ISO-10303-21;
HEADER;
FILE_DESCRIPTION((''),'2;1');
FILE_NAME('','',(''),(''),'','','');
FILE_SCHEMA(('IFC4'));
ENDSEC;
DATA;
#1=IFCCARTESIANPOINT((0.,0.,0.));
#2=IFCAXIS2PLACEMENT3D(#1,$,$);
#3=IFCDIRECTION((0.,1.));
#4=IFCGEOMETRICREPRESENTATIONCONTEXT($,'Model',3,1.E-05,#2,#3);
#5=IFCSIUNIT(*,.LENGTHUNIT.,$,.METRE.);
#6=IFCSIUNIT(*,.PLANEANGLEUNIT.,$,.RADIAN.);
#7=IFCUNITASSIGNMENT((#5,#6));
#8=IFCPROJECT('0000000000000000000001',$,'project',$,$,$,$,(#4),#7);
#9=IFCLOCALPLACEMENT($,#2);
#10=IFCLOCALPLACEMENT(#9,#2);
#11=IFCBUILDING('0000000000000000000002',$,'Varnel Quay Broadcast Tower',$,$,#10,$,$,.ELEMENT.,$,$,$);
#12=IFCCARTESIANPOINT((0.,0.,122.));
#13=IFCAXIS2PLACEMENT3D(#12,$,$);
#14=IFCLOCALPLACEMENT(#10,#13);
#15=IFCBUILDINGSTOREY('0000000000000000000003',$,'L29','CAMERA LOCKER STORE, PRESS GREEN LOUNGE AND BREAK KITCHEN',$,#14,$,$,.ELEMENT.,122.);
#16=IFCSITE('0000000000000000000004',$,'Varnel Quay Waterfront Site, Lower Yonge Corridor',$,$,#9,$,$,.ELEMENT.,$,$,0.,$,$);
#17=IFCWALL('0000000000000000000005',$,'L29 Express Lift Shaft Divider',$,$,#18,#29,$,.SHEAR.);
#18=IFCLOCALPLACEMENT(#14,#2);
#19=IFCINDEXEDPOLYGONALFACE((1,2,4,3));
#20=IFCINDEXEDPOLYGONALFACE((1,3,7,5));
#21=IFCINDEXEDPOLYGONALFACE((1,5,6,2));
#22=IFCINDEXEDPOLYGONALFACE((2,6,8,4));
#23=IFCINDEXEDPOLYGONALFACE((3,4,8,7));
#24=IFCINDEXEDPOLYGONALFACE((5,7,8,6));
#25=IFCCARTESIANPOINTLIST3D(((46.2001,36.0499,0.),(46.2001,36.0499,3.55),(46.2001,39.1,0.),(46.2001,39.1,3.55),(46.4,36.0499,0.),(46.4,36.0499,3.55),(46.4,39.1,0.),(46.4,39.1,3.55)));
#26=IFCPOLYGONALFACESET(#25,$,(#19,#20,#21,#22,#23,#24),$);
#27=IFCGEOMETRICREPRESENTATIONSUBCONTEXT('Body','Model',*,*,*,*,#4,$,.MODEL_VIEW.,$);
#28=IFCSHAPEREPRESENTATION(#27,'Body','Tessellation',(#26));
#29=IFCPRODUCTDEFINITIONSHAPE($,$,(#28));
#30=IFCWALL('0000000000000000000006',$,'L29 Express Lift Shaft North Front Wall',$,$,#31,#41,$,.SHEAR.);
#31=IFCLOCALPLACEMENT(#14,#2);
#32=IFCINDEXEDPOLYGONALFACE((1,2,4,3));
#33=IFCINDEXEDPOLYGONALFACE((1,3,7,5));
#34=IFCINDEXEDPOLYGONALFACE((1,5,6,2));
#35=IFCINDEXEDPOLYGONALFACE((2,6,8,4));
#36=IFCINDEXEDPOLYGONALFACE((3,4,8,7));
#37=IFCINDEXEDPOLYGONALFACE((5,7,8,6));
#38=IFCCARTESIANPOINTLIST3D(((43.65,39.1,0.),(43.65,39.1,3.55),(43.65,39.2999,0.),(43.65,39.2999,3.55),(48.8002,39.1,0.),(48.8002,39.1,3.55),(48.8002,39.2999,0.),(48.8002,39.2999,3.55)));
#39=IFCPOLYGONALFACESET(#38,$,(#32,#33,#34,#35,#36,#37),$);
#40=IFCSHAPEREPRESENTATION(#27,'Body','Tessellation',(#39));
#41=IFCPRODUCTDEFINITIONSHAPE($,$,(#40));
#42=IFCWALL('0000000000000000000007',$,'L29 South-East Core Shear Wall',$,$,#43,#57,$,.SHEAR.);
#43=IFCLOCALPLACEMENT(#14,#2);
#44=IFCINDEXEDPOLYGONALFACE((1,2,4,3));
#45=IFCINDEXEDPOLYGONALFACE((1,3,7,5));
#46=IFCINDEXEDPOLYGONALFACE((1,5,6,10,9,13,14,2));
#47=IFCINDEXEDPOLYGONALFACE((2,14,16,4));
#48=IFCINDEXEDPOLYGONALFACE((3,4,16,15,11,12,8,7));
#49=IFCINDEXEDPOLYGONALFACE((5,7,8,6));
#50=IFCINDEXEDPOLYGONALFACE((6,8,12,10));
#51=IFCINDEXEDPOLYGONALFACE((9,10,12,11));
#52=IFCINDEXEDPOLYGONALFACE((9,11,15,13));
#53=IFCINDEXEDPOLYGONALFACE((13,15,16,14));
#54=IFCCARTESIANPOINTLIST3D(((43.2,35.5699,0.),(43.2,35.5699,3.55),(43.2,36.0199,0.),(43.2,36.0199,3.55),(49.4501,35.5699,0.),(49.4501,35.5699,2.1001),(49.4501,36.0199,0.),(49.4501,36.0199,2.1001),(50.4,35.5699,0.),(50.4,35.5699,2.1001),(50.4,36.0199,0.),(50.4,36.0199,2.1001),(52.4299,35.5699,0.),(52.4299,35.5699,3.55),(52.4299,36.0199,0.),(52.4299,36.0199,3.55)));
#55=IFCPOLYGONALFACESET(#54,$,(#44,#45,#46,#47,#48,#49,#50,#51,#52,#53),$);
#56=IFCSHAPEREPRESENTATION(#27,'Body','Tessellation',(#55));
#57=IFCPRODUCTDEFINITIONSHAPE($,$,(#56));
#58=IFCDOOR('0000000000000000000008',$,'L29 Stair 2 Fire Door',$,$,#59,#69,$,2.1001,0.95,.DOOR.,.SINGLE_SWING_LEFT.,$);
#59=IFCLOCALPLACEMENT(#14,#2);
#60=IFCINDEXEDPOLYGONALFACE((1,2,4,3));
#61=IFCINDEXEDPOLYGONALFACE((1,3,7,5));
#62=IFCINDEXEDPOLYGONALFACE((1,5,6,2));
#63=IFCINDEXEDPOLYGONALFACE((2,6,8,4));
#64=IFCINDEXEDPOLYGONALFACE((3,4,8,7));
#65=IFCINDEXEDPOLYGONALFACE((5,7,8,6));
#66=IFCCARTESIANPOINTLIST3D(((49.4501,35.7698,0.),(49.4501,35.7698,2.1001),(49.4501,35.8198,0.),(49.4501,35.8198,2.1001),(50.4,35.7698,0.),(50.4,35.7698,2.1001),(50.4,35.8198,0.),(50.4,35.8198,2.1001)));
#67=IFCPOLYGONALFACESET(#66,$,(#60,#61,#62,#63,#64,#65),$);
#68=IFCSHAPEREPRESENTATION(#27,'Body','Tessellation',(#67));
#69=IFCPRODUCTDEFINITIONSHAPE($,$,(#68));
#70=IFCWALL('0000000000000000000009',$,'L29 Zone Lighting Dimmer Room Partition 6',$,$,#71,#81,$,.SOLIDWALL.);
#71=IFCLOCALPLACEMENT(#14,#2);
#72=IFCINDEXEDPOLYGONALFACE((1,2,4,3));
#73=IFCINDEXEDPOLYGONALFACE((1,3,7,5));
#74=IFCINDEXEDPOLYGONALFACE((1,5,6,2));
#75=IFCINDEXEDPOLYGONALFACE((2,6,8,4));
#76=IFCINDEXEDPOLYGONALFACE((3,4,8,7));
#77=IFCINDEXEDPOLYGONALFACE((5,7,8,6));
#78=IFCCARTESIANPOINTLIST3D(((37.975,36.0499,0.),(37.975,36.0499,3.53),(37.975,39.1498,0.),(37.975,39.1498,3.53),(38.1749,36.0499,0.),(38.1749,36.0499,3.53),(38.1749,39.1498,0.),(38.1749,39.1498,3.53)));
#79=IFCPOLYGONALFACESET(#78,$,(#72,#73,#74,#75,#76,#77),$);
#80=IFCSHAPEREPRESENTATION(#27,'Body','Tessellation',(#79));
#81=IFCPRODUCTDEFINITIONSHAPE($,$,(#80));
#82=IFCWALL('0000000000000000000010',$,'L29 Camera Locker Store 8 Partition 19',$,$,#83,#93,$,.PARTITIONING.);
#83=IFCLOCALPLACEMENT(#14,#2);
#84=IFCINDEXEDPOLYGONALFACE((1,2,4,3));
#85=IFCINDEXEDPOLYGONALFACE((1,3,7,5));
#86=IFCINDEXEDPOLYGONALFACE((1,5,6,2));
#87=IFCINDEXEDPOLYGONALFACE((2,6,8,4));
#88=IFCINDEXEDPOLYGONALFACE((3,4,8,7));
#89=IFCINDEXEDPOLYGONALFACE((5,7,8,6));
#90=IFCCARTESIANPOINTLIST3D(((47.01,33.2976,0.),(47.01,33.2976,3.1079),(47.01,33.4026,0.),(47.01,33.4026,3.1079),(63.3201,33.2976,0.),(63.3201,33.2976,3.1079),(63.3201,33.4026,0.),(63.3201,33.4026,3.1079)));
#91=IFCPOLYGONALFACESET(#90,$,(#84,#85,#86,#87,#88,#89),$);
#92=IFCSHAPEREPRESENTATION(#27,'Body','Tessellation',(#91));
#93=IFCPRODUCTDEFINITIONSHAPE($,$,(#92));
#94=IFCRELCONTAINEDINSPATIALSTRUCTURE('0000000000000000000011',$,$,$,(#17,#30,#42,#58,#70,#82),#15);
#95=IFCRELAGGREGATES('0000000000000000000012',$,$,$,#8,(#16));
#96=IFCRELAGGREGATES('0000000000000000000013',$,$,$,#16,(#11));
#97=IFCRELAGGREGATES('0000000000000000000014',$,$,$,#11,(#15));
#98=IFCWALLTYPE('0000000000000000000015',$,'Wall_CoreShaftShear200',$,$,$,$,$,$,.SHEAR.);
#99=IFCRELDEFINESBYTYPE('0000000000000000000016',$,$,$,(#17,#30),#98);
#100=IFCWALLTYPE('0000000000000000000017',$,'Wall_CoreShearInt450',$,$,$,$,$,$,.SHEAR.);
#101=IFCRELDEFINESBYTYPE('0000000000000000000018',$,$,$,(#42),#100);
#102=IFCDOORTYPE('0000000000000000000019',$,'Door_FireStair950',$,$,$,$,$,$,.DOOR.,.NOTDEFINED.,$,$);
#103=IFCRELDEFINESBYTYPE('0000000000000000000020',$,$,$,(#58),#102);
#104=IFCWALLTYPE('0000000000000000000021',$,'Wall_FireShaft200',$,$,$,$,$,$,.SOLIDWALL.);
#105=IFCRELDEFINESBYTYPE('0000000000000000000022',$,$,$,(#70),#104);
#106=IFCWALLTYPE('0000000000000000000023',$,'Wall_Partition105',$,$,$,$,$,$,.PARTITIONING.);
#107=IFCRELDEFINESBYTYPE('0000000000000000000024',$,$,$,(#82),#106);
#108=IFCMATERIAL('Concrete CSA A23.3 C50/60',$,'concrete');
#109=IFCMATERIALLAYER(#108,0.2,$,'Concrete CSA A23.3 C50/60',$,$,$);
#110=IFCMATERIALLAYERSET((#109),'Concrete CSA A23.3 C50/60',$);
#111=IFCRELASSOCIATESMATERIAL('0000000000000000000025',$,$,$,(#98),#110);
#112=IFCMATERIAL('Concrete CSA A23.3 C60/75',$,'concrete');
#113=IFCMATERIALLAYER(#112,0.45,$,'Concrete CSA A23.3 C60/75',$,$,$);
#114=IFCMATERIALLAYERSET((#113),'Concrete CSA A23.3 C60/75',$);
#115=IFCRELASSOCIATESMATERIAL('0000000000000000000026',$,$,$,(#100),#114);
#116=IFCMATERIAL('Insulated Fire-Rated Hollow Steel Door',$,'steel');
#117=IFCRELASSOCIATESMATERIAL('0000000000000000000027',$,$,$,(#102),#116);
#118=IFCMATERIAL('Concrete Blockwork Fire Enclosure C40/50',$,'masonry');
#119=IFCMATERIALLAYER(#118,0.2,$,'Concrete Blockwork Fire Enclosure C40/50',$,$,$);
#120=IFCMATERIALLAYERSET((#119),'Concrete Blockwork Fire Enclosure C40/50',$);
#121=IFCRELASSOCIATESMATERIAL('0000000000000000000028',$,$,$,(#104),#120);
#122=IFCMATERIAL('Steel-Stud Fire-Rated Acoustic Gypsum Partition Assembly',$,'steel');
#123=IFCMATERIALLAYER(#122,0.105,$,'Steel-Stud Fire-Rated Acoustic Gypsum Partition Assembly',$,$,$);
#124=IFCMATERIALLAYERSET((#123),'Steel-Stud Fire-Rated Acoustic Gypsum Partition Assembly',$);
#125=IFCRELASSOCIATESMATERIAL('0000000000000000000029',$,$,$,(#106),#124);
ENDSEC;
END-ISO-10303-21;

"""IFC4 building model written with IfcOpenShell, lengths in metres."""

from ifc_helpers import new_model, si_unit, direction, frame, frame_2d, origin, place, context, subcontext, project, spatial, rectangle, extrude, source, transform, mapped, material, layer, layer_set, type_object, type_shapes, element, fill, save


model = new_model("IFC4")

# Units and contexts
model_context = context("Model", 3, precision=1e-05, world=origin(), true_north=direction((0.0, 1.0)))
body_context = subcontext(model_context, "Body", "Model", "MODEL_VIEW")
ifc_project = project(units=[si_unit("LENGTHUNIT", "METRE"), si_unit("PLANEANGLEUNIT", "RADIAN")], contexts=[model_context])

# Site, building, storey
site_placement = place(None, origin())
site = spatial("IfcSite", under=ifc_project, at=site_placement, Name="Varnel Quay Waterfront Site, Lower Yonge Corridor", CompositionType="ELEMENT", RefElevation=0.0)
building_placement = place(site_placement, origin())
building = spatial("IfcBuilding", under=site, at=building_placement, Name="Varnel Quay Broadcast Tower", CompositionType="ELEMENT")
storey_placement = place(building_placement, frame((0.0, 0.0, 122.0)))
storey = spatial("IfcBuildingStorey", under=building, at=storey_placement, Name="L29", Description="CAMERA LOCKER STORE, PRESS GREEN LOUNGE AND BREAK KITCHEN", CompositionType="ELEMENT", Elevation=122.0)

# Walls
ifc_material_1 = material(Name="Concrete CSA A23.3 C50/60", Category="concrete")
ifc_layer_1 = layer(ifc_material_1, 0.2, Name="Concrete CSA A23.3 C50/60")
ifc_layer_set_1 = layer_set([ifc_layer_1], Name="Concrete CSA A23.3 C50/60")
wall_type_1 = type_object("IfcWallType", Name="Wall_CoreShaftShear200", PredefinedType="SHEAR", material=ifc_layer_set_1)
for number, where, z_axis, x_axis, name in (
    (1, (46.3, 36.05, 0.0), (0.0, 0.0, 1.0), (0.0, 1.0, 0.0), "L29 Express Lift Shaft Divider"),
):
    element("IfcWall", number, at=place(storey_placement, frame(where, z_axis=z_axis, x_axis=x_axis)), inside=storey, type_object=wall_type_1, Name=name, PredefinedType="SHEAR", context=body_context, shape_type="SweptSolid", body=[
        extrude(rectangle(XDim=3.05, YDim=0.2, at=frame_2d((1.5249, 0.0))), origin(), (0.0, 0.0, 1.0), 3.55),
    ])
wall_1_placement = place(storey_placement, frame((43.6499, 39.2, 0.0), z_axis=(0.0, 0.0, 1.0), x_axis=(1.0, 0.0, 0.0)))
element("IfcWall", 2, at=wall_1_placement, inside=storey, type_object=wall_type_1, Name="L29 Express Lift Shaft North Front Wall", PredefinedType="SHEAR", context=body_context, shape_type="SweptSolid", body=[
    extrude(rectangle(XDim=5.1501, YDim=0.2, at=frame_2d((2.5752, 0.0))), origin(), (0.0, 0.0, 1.0), 3.55),
])

# Wall, opening, door
ifc_material_2 = material(Name="Concrete CSA A23.3 C60/75", Category="concrete")
ifc_layer_2 = layer(ifc_material_2, 0.45, Name="Concrete CSA A23.3 C60/75")
ifc_layer_set_2 = layer_set([ifc_layer_2], Name="Concrete CSA A23.3 C60/75")
wall_type_2 = type_object("IfcWallType", Name="Wall_CoreShearInt450", PredefinedType="SHEAR", material=ifc_layer_set_2)
wall_2_placement = place(storey_placement, frame((43.2, 35.7949, 0.0), z_axis=(0.0, 0.0, 1.0), x_axis=(1.0, 0.0, 0.0)))
wall_2 = element("IfcWall", 3, at=wall_2_placement, inside=storey, type_object=wall_type_2, Name="L29 South-East Core Shear Wall", PredefinedType="SHEAR", context=body_context, shape_type="SweptSolid", body=[
    extrude(rectangle(XDim=9.23, YDim=0.45, at=frame_2d((4.615, 0.0))), origin(), (0.0, 0.0, 1.0), 3.55),
])
opening_placement = place(wall_2_placement, frame((6.25, 0.0, 0.0)))
opening = element("IfcOpeningElement", 4, at=opening_placement, cuts=wall_2, PredefinedType="OPENING", context=body_context, shape_type="SweptSolid", body=[
    extrude(rectangle(XDim=0.95, YDim=2.1001, at=frame_2d((0.4751, 1.05))), frame((0.0, 0.2349, 0.0), z_axis=(0.0, -1.0, 0.0), x_axis=(1.0, 0.0, 0.0)), (0.0, 0.0, 1.0), 0.47),
])
ifc_material_3 = material(Name="Insulated Fire-Rated Hollow Steel Door", Category="steel")
door_type = type_object("IfcDoorType", Name="Door_FireStair950", OperationType="NOTDEFINED", PredefinedType="DOOR", material=ifc_material_3)
shared_shape_1 = source(origin(), body_context, "Body", "SweptSolid", [
    extrude(rectangle(XDim=0.95, YDim=2.1001, at=frame_2d((0.4751, 1.05))), frame((0.0, 0.0249, 0.0), z_axis=(0.0, -1.0, 0.0), x_axis=(1.0, 0.0, 0.0)), (0.0, 0.0, 1.0), 0.05),
])
type_shapes(door_type, [shared_shape_1])
door_placement = place(opening_placement, origin())
door = element("IfcDoor", 5, at=door_placement, inside=storey, type_object=door_type, Name="L29 Stair 2 Fire Door", OperationType="SINGLE_SWING_LEFT", OverallHeight=2.1001, OverallWidth=0.95, PredefinedType="DOOR", context=body_context, shape_type="MappedRepresentation", body=[
    mapped(shared_shape_1, transform((0.0, 0.0, 0.0), x_axis=(1.0, 0.0, 0.0), y_axis=(0.0, 1.0, 0.0), z_axis=(0.0, 0.0, 1.0), scale=1.0)),
])
fill(opening, door)

# Walls
ifc_material_4 = material(Name="Concrete Blockwork Fire Enclosure C40/50", Category="masonry")
ifc_layer_3 = layer(ifc_material_4, 0.2, Name="Concrete Blockwork Fire Enclosure C40/50")
ifc_layer_set_3 = layer_set([ifc_layer_3], Name="Concrete Blockwork Fire Enclosure C40/50")
wall_type_3 = type_object("IfcWallType", Name="Wall_FireShaft200", PredefinedType="SOLIDWALL", material=ifc_layer_set_3)
wall_3_placement = place(storey_placement, frame((38.075, 36.05, 0.0), z_axis=(0.0, 0.0, 1.0), x_axis=(0.0, 1.0, 0.0)))
element("IfcWall", 6, at=wall_3_placement, inside=storey, type_object=wall_type_3, Name="L29 Zone Lighting Dimmer Room Partition 6", PredefinedType="SOLIDWALL", context=body_context, shape_type="SweptSolid", body=[
    extrude(rectangle(XDim=3.0999, YDim=0.2, at=frame_2d((1.5498, 0.0))), origin(), (0.0, 0.0, 1.0), 3.53),
])
ifc_material_5 = material(Name="Steel-Stud Fire-Rated Acoustic Gypsum Partition Assembly", Category="steel")
ifc_layer_4 = layer(ifc_material_5, 0.105, Name="Steel-Stud Fire-Rated Acoustic Gypsum Partition Assembly")
ifc_layer_set_4 = layer_set([ifc_layer_4], Name="Steel-Stud Fire-Rated Acoustic Gypsum Partition Assembly")
wall_type_4 = type_object("IfcWallType", Name="Wall_Partition105", PredefinedType="PARTITIONING", material=ifc_layer_set_4)
wall_4_placement = place(storey_placement, frame((47.01, 33.3501, 0.0), z_axis=(0.0, 0.0, 1.0), x_axis=(1.0, 0.0, 0.0)))
element("IfcWall", 7, at=wall_4_placement, inside=storey, type_object=wall_type_4, Name="L29 Camera Locker Store 8 Partition 19", PredefinedType="PARTITIONING", context=body_context, shape_type="SweptSolid", body=[
    extrude(rectangle(XDim=16.3101, YDim=0.105, at=frame_2d((8.155, 0.0))), origin(), (0.0, 0.0, 1.0), 3.1079),
])

save(model, "model.ifc")
